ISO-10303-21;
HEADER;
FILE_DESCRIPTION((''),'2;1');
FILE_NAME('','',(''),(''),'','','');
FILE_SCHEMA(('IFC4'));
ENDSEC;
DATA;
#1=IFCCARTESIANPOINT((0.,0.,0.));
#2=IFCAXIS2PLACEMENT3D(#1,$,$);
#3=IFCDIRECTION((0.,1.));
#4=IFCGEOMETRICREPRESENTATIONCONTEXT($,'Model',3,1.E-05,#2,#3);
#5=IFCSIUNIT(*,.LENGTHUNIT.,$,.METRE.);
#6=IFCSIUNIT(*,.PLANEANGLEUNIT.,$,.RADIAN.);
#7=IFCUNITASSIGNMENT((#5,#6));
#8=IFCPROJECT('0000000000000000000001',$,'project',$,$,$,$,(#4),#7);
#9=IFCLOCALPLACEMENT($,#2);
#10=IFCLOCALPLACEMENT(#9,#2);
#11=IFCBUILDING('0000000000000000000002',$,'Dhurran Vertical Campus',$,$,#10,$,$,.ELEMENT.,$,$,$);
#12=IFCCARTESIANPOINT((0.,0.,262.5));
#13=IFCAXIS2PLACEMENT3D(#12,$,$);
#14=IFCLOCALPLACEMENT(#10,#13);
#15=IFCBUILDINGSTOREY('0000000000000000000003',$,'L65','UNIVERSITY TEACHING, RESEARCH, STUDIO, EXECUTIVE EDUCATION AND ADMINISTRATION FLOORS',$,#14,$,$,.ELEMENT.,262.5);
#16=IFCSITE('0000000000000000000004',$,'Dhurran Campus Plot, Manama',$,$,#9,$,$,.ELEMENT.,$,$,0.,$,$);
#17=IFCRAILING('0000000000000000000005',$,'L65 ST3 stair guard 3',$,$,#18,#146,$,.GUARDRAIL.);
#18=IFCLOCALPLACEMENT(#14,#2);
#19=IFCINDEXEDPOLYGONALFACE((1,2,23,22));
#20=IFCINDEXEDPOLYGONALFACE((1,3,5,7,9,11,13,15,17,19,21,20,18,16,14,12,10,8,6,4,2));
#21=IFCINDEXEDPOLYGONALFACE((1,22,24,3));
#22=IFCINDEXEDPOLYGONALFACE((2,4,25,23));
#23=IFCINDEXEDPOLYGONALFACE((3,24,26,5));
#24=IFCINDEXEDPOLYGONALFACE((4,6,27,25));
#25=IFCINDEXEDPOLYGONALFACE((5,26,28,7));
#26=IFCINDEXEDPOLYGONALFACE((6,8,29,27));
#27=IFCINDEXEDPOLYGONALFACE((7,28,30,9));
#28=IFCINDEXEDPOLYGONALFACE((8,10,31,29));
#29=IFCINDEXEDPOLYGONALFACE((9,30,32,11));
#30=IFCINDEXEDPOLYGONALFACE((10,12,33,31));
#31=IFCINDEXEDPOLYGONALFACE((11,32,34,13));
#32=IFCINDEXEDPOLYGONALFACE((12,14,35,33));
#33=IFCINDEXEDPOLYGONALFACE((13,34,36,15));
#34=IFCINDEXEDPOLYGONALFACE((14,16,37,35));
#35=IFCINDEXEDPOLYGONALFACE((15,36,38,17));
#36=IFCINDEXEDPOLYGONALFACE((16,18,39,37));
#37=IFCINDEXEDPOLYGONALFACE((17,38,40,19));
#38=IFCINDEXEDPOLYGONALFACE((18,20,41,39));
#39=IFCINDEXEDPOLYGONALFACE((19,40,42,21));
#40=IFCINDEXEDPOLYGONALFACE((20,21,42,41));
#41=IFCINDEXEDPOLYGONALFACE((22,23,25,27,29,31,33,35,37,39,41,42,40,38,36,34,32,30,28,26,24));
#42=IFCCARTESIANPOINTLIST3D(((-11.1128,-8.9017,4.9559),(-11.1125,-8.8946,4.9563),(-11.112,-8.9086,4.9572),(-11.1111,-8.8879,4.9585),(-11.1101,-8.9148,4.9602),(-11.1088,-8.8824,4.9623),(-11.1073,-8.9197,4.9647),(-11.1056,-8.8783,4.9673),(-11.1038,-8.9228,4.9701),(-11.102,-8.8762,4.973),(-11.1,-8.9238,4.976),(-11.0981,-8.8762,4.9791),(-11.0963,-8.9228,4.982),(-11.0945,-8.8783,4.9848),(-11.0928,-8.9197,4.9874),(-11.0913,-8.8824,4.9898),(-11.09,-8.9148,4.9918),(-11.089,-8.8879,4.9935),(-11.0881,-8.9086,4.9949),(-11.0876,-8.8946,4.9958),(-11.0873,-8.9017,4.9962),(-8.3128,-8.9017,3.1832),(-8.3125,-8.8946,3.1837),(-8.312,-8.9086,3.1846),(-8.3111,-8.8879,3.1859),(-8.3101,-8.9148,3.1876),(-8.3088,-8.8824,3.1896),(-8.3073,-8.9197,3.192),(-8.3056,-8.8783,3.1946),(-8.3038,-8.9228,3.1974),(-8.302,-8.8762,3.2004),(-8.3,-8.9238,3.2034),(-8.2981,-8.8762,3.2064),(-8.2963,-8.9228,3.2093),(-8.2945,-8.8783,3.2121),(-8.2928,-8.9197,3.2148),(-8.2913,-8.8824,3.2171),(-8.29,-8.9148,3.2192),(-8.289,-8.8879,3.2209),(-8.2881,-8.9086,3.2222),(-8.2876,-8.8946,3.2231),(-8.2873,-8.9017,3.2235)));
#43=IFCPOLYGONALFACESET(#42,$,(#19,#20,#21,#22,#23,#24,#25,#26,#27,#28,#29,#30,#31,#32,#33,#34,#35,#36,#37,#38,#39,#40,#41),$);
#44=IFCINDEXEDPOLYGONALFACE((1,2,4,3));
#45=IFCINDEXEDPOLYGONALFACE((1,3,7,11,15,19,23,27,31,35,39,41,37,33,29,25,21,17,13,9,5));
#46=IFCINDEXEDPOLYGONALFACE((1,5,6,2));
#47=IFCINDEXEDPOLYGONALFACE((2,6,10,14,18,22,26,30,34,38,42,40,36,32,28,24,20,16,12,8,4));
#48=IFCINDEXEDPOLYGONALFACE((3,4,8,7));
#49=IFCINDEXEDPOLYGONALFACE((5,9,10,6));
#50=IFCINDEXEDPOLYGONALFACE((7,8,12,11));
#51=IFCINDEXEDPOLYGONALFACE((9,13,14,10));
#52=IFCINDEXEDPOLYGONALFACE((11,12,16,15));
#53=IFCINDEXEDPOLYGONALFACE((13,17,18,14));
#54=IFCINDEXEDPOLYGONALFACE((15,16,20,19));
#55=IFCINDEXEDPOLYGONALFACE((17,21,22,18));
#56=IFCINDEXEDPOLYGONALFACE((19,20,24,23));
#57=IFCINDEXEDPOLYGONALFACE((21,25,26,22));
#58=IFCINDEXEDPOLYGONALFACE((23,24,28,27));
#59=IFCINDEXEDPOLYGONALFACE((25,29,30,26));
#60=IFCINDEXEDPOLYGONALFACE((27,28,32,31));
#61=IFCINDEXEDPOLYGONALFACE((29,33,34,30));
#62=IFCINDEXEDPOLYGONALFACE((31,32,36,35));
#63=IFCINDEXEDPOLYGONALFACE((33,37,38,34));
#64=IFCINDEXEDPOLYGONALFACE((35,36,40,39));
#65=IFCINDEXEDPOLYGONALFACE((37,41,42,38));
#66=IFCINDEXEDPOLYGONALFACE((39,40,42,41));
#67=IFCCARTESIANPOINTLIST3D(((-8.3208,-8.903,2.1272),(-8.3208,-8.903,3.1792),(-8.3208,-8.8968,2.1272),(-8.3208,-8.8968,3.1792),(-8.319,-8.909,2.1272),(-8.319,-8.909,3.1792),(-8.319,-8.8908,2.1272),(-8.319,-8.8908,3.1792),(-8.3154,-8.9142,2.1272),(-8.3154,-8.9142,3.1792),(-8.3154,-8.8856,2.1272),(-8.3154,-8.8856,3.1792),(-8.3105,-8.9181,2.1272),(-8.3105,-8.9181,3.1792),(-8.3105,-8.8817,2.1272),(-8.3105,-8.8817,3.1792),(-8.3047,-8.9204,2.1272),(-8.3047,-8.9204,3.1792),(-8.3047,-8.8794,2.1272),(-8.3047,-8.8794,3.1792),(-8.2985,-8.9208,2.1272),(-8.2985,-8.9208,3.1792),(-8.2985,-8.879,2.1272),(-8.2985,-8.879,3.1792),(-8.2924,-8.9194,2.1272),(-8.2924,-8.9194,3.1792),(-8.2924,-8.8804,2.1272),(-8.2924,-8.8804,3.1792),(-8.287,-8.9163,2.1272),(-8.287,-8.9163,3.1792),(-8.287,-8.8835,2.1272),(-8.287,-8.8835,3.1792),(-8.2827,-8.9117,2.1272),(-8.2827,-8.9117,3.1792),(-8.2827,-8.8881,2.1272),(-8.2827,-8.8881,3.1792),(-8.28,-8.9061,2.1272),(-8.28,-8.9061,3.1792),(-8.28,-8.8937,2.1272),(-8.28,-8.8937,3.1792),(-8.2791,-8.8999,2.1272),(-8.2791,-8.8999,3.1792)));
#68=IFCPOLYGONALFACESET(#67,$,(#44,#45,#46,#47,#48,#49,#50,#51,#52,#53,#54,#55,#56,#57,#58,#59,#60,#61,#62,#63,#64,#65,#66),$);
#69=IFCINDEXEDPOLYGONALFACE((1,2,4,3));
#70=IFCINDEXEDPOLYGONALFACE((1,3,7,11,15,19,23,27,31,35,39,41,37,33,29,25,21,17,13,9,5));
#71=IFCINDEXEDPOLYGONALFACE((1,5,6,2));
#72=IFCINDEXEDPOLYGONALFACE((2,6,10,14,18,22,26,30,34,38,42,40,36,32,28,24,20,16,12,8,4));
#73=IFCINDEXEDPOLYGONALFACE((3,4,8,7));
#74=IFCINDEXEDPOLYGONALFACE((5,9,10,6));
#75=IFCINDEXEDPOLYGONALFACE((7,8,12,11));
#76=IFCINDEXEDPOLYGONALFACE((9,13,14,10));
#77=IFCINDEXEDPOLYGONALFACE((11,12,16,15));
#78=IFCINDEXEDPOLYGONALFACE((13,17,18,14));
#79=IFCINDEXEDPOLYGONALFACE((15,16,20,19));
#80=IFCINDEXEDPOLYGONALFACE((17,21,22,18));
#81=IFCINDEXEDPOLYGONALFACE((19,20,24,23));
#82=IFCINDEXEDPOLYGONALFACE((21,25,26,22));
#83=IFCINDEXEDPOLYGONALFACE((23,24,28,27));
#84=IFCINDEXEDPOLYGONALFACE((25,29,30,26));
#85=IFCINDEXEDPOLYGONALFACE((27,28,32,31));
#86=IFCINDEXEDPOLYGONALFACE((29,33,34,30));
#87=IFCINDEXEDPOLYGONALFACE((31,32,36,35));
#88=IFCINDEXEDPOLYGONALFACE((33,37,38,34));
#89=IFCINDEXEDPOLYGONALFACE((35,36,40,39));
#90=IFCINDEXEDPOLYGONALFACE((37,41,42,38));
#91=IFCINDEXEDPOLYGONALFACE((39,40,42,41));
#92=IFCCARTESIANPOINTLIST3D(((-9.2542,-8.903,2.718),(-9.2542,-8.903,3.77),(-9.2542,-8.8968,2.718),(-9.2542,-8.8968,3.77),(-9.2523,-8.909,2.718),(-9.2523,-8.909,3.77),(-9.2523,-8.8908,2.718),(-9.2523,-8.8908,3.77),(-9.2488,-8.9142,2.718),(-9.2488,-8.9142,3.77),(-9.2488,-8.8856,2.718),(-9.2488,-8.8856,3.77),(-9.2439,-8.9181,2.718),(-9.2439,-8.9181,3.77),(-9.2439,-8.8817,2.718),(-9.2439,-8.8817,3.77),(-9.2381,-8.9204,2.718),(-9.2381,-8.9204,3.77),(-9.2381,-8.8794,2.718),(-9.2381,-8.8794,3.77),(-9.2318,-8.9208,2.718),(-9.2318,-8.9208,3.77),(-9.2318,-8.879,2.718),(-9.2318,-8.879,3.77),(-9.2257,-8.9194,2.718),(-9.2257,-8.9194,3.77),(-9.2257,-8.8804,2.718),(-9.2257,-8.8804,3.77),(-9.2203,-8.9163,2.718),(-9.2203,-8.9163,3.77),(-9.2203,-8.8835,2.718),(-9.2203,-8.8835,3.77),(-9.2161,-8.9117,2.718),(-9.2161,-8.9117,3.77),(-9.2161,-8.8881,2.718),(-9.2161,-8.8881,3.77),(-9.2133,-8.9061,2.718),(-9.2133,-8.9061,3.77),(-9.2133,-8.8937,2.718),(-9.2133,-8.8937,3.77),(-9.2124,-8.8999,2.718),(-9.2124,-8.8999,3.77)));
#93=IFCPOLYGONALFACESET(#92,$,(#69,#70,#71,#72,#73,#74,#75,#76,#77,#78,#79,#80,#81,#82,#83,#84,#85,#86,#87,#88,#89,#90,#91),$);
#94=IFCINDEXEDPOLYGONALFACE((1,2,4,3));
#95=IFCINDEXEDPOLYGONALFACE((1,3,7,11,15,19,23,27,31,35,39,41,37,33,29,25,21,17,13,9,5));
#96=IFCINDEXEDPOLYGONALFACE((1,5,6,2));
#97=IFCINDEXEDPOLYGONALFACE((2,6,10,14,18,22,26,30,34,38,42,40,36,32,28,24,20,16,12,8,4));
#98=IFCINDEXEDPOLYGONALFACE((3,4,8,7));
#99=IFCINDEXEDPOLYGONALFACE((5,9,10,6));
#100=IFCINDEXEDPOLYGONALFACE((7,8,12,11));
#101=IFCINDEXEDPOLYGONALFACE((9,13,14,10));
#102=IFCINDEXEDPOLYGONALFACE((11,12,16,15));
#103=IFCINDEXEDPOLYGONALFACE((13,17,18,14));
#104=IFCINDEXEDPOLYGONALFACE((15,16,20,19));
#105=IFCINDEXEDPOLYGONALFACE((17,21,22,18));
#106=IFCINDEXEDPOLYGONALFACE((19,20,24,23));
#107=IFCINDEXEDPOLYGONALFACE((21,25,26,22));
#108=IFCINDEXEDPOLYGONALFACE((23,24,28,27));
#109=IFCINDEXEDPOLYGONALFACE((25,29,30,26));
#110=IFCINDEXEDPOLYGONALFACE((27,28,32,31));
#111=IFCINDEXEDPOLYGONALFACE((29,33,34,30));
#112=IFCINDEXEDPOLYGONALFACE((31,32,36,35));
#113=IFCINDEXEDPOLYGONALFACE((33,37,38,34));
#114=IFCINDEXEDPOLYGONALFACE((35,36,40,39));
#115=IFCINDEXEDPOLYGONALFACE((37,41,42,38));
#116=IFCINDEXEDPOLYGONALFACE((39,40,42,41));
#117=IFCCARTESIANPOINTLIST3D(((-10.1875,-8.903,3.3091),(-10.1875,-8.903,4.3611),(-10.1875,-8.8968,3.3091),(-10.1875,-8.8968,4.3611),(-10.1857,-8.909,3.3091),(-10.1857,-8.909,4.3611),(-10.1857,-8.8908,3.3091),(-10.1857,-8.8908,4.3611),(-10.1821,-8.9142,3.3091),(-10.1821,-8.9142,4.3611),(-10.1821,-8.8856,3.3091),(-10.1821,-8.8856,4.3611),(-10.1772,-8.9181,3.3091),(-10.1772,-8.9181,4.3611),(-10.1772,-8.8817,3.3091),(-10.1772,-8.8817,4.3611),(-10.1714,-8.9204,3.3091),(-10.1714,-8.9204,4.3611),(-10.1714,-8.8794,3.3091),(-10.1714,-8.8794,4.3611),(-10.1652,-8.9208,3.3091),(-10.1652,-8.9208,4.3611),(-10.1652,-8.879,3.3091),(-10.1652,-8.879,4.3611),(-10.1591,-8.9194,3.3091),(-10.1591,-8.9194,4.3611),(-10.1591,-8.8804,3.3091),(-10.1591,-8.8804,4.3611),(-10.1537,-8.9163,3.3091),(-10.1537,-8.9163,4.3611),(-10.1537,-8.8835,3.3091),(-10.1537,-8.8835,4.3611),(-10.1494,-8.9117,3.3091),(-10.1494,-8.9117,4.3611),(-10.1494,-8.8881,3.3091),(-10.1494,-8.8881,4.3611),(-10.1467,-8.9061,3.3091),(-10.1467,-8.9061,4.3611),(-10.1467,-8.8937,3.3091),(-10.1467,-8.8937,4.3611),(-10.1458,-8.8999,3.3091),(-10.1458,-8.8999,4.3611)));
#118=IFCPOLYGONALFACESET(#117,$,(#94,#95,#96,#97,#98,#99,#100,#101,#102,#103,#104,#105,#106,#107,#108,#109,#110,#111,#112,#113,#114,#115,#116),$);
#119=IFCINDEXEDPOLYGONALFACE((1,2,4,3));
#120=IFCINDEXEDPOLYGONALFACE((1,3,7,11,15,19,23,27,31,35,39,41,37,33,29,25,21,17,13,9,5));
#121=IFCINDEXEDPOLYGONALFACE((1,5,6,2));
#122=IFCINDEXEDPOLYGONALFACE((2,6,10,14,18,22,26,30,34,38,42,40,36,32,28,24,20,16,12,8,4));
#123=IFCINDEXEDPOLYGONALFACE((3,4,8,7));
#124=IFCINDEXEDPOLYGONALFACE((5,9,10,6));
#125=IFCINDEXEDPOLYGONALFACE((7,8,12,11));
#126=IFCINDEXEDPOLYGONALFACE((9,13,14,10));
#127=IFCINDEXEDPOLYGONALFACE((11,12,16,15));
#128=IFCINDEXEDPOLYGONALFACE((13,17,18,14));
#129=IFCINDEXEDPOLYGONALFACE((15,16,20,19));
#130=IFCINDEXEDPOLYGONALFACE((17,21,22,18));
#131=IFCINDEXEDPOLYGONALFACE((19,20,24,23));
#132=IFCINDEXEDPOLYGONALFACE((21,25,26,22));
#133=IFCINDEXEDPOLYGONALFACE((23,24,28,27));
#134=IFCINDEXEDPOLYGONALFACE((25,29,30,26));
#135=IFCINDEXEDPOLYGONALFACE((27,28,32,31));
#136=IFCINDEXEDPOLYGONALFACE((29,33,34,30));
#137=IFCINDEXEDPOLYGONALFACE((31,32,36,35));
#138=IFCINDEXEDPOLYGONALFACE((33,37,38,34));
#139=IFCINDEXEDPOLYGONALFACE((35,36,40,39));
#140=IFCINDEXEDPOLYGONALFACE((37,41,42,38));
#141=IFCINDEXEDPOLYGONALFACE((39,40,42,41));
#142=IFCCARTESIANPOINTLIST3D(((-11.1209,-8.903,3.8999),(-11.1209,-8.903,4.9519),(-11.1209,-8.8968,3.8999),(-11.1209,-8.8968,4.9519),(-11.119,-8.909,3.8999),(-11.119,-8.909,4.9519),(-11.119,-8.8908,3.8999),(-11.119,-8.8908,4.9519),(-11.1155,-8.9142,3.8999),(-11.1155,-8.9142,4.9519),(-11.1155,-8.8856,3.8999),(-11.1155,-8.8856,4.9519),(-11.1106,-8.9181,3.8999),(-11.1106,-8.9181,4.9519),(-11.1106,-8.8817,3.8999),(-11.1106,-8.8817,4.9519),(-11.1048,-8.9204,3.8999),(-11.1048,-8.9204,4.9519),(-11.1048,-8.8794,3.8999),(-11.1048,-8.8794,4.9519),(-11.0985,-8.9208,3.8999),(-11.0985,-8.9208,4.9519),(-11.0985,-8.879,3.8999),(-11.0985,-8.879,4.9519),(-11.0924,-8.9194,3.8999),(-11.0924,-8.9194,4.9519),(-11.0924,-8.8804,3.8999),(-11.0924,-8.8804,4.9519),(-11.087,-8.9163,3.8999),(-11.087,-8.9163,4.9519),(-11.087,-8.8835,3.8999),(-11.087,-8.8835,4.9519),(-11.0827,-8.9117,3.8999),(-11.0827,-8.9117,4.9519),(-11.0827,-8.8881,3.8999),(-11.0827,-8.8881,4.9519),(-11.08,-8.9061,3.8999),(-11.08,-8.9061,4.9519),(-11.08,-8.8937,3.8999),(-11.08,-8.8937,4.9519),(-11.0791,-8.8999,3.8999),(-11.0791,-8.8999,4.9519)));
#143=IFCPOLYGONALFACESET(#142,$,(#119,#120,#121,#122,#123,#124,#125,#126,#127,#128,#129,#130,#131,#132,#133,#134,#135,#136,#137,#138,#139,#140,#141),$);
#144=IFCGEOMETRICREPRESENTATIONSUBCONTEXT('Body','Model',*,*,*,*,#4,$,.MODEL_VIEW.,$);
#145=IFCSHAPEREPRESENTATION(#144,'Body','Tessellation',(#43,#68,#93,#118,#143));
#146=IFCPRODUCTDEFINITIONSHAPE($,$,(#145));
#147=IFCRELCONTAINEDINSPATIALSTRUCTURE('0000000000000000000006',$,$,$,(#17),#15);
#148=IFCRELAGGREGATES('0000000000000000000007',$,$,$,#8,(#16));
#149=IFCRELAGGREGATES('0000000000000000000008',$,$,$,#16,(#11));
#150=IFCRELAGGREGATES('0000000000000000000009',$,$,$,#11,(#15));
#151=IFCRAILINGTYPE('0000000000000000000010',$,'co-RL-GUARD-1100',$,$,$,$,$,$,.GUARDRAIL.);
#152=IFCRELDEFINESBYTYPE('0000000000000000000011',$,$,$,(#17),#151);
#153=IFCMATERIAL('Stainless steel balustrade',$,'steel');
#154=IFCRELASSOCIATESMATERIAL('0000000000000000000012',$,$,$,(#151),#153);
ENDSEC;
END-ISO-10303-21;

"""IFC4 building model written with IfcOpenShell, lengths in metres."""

from ifc_helpers import new_model, si_unit, direction, frame, origin, origin_2d, place, context, subcontext, project, spatial, circle, extrude, material, type_object, element, save


model = new_model("IFC4")

# Units and contexts
model_context = context("Model", 3, precision=1e-05, world=origin(), true_north=direction((0.0, 1.0)))
body_context = subcontext(model_context, "Body", "Model", "MODEL_VIEW")
ifc_project = project(units=[si_unit("LENGTHUNIT", "METRE"), si_unit("PLANEANGLEUNIT", "RADIAN")], contexts=[model_context])

# Site, building, storey
site_placement = place(None, origin())
site = spatial("IfcSite", under=ifc_project, at=site_placement, Name="Dhurran Campus Plot, Manama", CompositionType="ELEMENT", RefElevation=0.0)
building_placement = place(site_placement, origin())
building = spatial("IfcBuilding", under=site, at=building_placement, Name="Dhurran Vertical Campus", CompositionType="ELEMENT")
storey_placement = place(building_placement, frame((0.0, 0.0, 262.5)))
storey = spatial("IfcBuildingStorey", under=building, at=storey_placement, Name="L65", Description="UNIVERSITY TEACHING, RESEARCH, STUDIO, EXECUTIVE EDUCATION AND ADMINISTRATION FLOORS", CompositionType="ELEMENT", Elevation=262.5)

# Railing
ifc_material_1 = material(Name="Stainless steel balustrade", Category="steel")
railing_type_1 = type_object("IfcRailingType", Name="co-RL-GUARD-1100", PredefinedType="GUARDRAIL", material=ifc_material_1)
railing_1_placement = place(storey_placement, frame((-8.3, -8.8999, 2.1272)))
element("IfcRailing", 1, at=railing_1_placement, inside=storey, type_object=railing_type_1, Name="L65 ST3 stair guard 3", PredefinedType="GUARDRAIL", context=body_context, shape_type="SweptSolid", body=[
    extrude(circle(Radius=0.0239, at=origin_2d()), frame((0.0, 0.0, 1.0762), z_axis=(-0.844909, 0.0, 0.53491), x_axis=(0.0, -1.0, 0.0)), (0.0, 0.0, 1.0), 3.314),
    extrude(circle(Radius=0.021, at=origin_2d()), origin(), (0.0, 0.0, 1.0), 1.052),
    extrude(circle(Radius=0.021, at=origin_2d()), frame((-0.9333, 0.0, 0.5908)), (0.0, 0.0, 1.0), 1.052),
    extrude(circle(Radius=0.021, at=origin_2d()), frame((-1.8667, 0.0, 1.1819)), (0.0, 0.0, 1.0), 1.052),
    extrude(circle(Radius=0.021, at=origin_2d()), frame((-2.8, 0.0, 1.7727)), (0.0, 0.0, 1.0), 1.052),
])

save(model, "model.ifc")
